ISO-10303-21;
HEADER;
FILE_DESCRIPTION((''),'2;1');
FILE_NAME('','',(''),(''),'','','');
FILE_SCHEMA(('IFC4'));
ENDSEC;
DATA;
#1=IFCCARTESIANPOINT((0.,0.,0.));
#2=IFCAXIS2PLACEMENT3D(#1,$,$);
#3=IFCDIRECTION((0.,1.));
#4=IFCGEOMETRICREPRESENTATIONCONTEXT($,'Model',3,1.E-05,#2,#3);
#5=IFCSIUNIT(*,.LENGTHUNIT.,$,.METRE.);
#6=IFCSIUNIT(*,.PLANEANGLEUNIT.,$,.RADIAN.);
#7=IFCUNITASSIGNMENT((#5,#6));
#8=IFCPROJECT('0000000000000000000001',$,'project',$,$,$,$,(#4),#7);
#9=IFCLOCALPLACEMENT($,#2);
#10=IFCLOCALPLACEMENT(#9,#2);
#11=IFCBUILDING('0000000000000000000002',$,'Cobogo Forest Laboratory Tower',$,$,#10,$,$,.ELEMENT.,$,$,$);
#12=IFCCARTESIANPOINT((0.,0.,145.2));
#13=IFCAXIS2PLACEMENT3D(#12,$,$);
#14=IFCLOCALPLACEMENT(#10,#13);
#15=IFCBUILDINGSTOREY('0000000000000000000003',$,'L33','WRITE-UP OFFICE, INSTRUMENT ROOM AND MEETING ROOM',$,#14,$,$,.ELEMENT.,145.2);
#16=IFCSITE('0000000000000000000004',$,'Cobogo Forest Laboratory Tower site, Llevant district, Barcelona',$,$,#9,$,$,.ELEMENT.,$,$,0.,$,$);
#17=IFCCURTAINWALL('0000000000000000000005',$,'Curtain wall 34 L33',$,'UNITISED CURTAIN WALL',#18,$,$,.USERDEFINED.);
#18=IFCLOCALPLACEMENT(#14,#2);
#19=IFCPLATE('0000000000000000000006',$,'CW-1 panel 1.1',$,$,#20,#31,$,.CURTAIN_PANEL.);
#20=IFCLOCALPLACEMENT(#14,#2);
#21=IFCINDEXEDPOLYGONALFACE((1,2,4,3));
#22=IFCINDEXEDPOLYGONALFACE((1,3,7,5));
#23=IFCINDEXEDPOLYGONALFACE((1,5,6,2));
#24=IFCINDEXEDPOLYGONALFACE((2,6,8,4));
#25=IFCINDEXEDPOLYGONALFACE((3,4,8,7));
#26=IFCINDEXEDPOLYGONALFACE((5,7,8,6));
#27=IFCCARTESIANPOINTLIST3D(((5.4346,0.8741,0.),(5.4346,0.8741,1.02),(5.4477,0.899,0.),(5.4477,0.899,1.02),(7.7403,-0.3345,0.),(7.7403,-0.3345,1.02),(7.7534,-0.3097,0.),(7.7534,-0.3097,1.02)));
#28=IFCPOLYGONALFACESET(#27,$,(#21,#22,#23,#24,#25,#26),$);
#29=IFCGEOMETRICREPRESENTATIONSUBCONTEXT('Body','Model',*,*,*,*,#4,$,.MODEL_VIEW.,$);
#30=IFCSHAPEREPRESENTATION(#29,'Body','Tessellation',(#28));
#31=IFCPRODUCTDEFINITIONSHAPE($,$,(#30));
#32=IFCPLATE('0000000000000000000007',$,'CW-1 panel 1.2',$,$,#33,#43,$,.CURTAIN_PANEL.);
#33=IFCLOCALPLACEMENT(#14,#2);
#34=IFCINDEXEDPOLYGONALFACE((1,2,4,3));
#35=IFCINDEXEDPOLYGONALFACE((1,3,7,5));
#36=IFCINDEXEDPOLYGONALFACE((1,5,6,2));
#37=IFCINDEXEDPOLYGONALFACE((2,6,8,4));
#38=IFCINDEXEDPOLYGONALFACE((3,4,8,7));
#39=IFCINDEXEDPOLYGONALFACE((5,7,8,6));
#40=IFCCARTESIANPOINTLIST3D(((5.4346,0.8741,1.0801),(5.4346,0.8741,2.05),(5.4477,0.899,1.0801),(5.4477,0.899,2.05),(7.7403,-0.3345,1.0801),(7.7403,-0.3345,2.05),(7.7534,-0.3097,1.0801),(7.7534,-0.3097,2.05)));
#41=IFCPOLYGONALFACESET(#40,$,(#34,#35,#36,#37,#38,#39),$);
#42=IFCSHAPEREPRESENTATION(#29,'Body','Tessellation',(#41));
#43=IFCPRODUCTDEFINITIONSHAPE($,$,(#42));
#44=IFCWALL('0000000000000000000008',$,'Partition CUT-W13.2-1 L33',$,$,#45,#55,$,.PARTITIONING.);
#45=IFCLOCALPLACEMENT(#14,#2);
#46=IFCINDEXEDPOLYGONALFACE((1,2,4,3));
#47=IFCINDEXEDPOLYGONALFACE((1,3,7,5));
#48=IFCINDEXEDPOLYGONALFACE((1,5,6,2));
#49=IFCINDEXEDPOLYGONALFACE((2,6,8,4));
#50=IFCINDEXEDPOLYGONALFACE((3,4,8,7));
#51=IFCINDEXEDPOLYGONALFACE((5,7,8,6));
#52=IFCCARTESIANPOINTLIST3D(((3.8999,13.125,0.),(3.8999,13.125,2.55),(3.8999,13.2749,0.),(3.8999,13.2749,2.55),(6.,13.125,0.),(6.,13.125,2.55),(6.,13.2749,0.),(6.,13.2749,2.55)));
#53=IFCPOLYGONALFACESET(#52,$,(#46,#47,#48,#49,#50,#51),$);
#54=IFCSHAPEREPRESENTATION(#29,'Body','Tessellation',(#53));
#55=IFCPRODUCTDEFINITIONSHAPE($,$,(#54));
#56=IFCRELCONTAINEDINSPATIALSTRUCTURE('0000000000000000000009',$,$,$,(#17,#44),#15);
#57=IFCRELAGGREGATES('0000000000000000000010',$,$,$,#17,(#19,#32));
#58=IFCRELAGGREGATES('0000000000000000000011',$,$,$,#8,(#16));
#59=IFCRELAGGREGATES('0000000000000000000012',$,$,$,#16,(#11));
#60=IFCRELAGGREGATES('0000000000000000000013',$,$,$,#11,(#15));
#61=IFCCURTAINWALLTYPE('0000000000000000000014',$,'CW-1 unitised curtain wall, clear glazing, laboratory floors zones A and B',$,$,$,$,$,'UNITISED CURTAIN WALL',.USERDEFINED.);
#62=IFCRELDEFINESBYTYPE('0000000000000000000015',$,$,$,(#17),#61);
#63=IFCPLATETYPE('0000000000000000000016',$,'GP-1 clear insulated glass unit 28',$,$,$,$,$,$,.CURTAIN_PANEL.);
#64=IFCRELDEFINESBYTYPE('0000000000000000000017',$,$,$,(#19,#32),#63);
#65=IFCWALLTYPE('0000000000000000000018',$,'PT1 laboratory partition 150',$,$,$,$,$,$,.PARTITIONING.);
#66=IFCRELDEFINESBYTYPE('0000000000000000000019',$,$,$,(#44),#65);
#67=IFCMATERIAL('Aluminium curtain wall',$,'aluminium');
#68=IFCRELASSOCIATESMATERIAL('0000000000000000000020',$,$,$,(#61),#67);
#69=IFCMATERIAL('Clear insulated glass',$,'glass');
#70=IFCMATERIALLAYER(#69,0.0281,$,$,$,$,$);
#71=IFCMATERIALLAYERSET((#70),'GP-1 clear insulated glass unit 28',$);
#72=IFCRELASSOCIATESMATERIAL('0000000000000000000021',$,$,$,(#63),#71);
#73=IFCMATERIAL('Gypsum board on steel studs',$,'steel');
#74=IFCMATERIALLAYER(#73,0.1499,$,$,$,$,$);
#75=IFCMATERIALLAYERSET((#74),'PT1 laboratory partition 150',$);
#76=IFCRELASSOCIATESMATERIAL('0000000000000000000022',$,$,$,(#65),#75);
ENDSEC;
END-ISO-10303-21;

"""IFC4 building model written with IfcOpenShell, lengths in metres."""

from ifc_helpers import new_model, si_unit, direction, frame, frame_2d, origin, origin_2d, place, context, subcontext, project, spatial, rectangle, extrude, material, layer, layer_set, type_object, element, aggregate, save


model = new_model("IFC4")

# Units and contexts
model_context = context("Model", 3, precision=1e-05, world=origin(), true_north=direction((0.0, 1.0)))
body_context = subcontext(model_context, "Body", "Model", "MODEL_VIEW")
ifc_project = project(units=[si_unit("LENGTHUNIT", "METRE"), si_unit("PLANEANGLEUNIT", "RADIAN")], contexts=[model_context])

# Site, building, storey
site_placement = place(None, origin())
site = spatial("IfcSite", under=ifc_project, at=site_placement, Name="Cobogo Forest Laboratory Tower site, Llevant district, Barcelona", CompositionType="ELEMENT", RefElevation=0.0)
building_placement = place(site_placement, origin())
building = spatial("IfcBuilding", under=site, at=building_placement, Name="Cobogo Forest Laboratory Tower", CompositionType="ELEMENT")
storey_placement = place(building_placement, frame((0.0, 0.0, 145.2)))
storey = spatial("IfcBuildingStorey", under=building, at=storey_placement, Name="L33", Description="WRITE-UP OFFICE, INSTRUMENT ROOM AND MEETING ROOM", CompositionType="ELEMENT", Elevation=145.2)

# Shared definitions
ifc_material_1 = material(Name="Aluminium curtain wall", Category="aluminium")
curtain_wall_type = type_object("IfcCurtainWallType", Name="CW-1 unitised curtain wall, clear glazing, laboratory floors zones A and B", ElementType="UNITISED CURTAIN WALL", PredefinedType="USERDEFINED", material=ifc_material_1)

# Curtain wall
curtain_wall_1_placement = place(storey_placement, origin())
curtain_wall_1 = element("IfcCurtainWall", 1, at=curtain_wall_1_placement, inside=storey, type_object=curtain_wall_type, Name="Curtain wall 34 L33", ObjectType="UNITISED CURTAIN WALL", PredefinedType="USERDEFINED")

# Plates
ifc_material_2 = material(Name="Clear insulated glass", Category="glass")
ifc_layer_1 = layer(ifc_material_2, 0.0281)
ifc_layer_set_1 = layer_set([ifc_layer_1], Name="GP-1 clear insulated glass unit 28")
plate_type = type_object("IfcPlateType", Name="GP-1 clear insulated glass unit 28", PredefinedType="CURTAIN_PANEL", material=ifc_layer_set_1)
plate_1_placement = place(storey_placement, frame((6.594, 0.2822, 0.0), z_axis=(0.0, 0.0, 1.0), x_axis=(0.885687, -0.464284, 0.0)))
plate_1 = element("IfcPlate", 2, at=plate_1_placement, type_object=plate_type, Name="CW-1 panel 1.1", PredefinedType="CURTAIN_PANEL", context=body_context, shape_type="SweptSolid", body=[
    extrude(rectangle(XDim=2.6033, YDim=0.0281, at=origin_2d()), origin(), (0.0, 0.0, 1.0), 1.02),
])
plate_2_placement = place(storey_placement, frame((6.594, 0.2822, 1.0801), z_axis=(0.0, 0.0, 1.0), x_axis=(0.885687, -0.464284, 0.0)))
plate_2 = element("IfcPlate", 3, at=plate_2_placement, type_object=plate_type, Name="CW-1 panel 1.2", PredefinedType="CURTAIN_PANEL", context=body_context, shape_type="SweptSolid", body=[
    extrude(rectangle(XDim=2.6033, YDim=0.0281, at=origin_2d()), origin(), (0.0, 0.0, 1.0), 0.97),
])
aggregate(curtain_wall_1, [plate_1, plate_2])

# Wall
ifc_material_3 = material(Name="Gypsum board on steel studs", Category="steel")
ifc_layer_2 = layer(ifc_material_3, 0.1499)
ifc_layer_set_2 = layer_set([ifc_layer_2], Name="PT1 laboratory partition 150")
wall_type = type_object("IfcWallType", Name="PT1 laboratory partition 150", PredefinedType="PARTITIONING", material=ifc_layer_set_2)
wall_placement = place(storey_placement, frame((3.8999, 13.2, 0.0), z_axis=(0.0, 0.0, 1.0), x_axis=(1.0, 0.0, 0.0)))
element("IfcWall", 4, at=wall_placement, inside=storey, type_object=wall_type, Name="Partition CUT-W13.2-1 L33", PredefinedType="PARTITIONING", context=body_context, shape_type="SweptSolid", body=[
    extrude(rectangle(XDim=2.1001, YDim=0.1499, at=frame_2d((1.05, 0.0))), origin(), (0.0, 0.0, 1.0), 2.55),
])

save(model, "model.ifc")
